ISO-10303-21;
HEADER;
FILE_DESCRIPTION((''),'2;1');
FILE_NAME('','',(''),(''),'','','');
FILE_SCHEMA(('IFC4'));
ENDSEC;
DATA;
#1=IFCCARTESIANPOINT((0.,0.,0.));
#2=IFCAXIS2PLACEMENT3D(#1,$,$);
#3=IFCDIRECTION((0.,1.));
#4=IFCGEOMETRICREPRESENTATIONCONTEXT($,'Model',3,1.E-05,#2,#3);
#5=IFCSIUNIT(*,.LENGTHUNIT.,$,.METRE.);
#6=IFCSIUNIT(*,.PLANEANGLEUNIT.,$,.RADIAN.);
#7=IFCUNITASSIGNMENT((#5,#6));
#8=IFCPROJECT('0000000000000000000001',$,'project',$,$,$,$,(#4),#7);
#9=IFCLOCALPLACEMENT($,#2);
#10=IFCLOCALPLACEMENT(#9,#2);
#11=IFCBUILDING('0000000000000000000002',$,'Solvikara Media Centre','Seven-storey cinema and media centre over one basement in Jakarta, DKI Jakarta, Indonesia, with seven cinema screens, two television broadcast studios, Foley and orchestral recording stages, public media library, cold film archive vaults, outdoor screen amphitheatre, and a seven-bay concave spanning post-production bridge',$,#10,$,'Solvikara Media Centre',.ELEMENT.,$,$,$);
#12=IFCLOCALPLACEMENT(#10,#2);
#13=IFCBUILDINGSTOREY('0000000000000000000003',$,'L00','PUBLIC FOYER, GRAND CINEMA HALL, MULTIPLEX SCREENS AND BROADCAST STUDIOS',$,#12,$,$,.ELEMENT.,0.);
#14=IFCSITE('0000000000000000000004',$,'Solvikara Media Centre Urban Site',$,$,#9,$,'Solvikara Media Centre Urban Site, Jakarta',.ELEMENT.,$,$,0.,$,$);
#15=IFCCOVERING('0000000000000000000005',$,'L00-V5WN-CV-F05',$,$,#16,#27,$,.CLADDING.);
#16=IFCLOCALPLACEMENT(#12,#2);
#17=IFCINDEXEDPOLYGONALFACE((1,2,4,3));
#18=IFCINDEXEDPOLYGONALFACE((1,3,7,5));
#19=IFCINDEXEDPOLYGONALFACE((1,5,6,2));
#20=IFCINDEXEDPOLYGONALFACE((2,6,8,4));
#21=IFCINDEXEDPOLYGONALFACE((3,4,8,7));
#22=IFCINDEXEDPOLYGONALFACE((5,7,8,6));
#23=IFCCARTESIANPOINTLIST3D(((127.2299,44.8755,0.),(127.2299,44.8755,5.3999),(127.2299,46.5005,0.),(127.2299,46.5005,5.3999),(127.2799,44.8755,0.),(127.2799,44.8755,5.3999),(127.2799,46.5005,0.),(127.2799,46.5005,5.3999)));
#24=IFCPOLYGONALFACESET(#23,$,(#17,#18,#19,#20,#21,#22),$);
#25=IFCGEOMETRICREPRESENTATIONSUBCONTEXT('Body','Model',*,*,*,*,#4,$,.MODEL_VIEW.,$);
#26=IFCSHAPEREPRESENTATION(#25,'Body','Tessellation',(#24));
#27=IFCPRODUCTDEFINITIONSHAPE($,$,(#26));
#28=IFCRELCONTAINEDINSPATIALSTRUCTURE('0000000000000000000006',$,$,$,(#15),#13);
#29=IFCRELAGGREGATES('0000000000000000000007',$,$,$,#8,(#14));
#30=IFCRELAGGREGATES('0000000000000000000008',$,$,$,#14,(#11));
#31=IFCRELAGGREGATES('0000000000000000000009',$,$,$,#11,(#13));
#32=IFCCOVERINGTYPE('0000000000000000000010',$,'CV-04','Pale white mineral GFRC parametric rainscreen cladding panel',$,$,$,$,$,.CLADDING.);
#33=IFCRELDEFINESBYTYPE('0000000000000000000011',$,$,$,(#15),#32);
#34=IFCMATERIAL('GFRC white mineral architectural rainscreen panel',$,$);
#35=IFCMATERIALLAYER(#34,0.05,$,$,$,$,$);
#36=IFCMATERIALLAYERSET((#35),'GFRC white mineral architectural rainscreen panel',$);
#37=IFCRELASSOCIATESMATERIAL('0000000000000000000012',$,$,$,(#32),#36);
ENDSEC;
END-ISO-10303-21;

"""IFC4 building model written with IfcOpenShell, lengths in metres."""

from ifc_helpers import new_model, si_unit, direction, frame, origin, origin_2d, place, context, subcontext, project, spatial, rectangle, extrude, material, layer, layer_set, type_object, element, save


model = new_model("IFC4")

# Units and contexts
model_context = context("Model", 3, precision=1e-05, world=origin(), true_north=direction((0.0, 1.0)))
body_context = subcontext(model_context, "Body", "Model", "MODEL_VIEW")
ifc_project = project(units=[si_unit("LENGTHUNIT", "METRE"), si_unit("PLANEANGLEUNIT", "RADIAN")], contexts=[model_context])

# Site, building, storey
site_placement = place(None, origin())
site = spatial("IfcSite", under=ifc_project, at=site_placement, Name="Solvikara Media Centre Urban Site", LongName="Solvikara Media Centre Urban Site, Jakarta", CompositionType="ELEMENT", RefElevation=0.0)
building_placement = place(site_placement, origin())
building = spatial("IfcBuilding", under=site, at=building_placement, Name="Solvikara Media Centre", Description="Seven-storey cinema and media centre over one basement in Jakarta, DKI Jakarta, Indonesia, with seven cinema screens, two television broadcast studios, Foley and orchestral recording stages, public media library, cold film archive vaults, outdoor screen amphitheatre, and a seven-bay concave spanning post-production bridge", LongName="Solvikara Media Centre", CompositionType="ELEMENT")
storey_placement = place(building_placement, origin())
storey = spatial("IfcBuildingStorey", under=building, at=storey_placement, Name="L00", Description="PUBLIC FOYER, GRAND CINEMA HALL, MULTIPLEX SCREENS AND BROADCAST STUDIOS", CompositionType="ELEMENT", Elevation=0.0)

# Covering
ifc_material_1 = material(Name="GFRC white mineral architectural rainscreen panel")
ifc_layer_1 = layer(ifc_material_1, 0.05)
ifc_layer_set_1 = layer_set([ifc_layer_1], Name="GFRC white mineral architectural rainscreen panel")
covering_type = type_object("IfcCoveringType", Name="CV-04", Description="Pale white mineral GFRC parametric rainscreen cladding panel", PredefinedType="CLADDING", material=ifc_layer_set_1)
covering_1_placement = place(storey_placement, frame((127.2549, 45.688, 0.0), z_axis=(0.0, 0.0, 1.0), x_axis=(0.0, 1.0, 0.0)))
element("IfcCovering", 1, at=covering_1_placement, inside=storey, type_object=covering_type, Name="L00-V5WN-CV-F05", PredefinedType="CLADDING", context=body_context, shape_type="SweptSolid", body=[
    extrude(rectangle(XDim=1.625, YDim=0.05, at=origin_2d()), origin(), (0.0, 0.0, 1.0), 5.3999),
])

save(model, "model.ifc")
